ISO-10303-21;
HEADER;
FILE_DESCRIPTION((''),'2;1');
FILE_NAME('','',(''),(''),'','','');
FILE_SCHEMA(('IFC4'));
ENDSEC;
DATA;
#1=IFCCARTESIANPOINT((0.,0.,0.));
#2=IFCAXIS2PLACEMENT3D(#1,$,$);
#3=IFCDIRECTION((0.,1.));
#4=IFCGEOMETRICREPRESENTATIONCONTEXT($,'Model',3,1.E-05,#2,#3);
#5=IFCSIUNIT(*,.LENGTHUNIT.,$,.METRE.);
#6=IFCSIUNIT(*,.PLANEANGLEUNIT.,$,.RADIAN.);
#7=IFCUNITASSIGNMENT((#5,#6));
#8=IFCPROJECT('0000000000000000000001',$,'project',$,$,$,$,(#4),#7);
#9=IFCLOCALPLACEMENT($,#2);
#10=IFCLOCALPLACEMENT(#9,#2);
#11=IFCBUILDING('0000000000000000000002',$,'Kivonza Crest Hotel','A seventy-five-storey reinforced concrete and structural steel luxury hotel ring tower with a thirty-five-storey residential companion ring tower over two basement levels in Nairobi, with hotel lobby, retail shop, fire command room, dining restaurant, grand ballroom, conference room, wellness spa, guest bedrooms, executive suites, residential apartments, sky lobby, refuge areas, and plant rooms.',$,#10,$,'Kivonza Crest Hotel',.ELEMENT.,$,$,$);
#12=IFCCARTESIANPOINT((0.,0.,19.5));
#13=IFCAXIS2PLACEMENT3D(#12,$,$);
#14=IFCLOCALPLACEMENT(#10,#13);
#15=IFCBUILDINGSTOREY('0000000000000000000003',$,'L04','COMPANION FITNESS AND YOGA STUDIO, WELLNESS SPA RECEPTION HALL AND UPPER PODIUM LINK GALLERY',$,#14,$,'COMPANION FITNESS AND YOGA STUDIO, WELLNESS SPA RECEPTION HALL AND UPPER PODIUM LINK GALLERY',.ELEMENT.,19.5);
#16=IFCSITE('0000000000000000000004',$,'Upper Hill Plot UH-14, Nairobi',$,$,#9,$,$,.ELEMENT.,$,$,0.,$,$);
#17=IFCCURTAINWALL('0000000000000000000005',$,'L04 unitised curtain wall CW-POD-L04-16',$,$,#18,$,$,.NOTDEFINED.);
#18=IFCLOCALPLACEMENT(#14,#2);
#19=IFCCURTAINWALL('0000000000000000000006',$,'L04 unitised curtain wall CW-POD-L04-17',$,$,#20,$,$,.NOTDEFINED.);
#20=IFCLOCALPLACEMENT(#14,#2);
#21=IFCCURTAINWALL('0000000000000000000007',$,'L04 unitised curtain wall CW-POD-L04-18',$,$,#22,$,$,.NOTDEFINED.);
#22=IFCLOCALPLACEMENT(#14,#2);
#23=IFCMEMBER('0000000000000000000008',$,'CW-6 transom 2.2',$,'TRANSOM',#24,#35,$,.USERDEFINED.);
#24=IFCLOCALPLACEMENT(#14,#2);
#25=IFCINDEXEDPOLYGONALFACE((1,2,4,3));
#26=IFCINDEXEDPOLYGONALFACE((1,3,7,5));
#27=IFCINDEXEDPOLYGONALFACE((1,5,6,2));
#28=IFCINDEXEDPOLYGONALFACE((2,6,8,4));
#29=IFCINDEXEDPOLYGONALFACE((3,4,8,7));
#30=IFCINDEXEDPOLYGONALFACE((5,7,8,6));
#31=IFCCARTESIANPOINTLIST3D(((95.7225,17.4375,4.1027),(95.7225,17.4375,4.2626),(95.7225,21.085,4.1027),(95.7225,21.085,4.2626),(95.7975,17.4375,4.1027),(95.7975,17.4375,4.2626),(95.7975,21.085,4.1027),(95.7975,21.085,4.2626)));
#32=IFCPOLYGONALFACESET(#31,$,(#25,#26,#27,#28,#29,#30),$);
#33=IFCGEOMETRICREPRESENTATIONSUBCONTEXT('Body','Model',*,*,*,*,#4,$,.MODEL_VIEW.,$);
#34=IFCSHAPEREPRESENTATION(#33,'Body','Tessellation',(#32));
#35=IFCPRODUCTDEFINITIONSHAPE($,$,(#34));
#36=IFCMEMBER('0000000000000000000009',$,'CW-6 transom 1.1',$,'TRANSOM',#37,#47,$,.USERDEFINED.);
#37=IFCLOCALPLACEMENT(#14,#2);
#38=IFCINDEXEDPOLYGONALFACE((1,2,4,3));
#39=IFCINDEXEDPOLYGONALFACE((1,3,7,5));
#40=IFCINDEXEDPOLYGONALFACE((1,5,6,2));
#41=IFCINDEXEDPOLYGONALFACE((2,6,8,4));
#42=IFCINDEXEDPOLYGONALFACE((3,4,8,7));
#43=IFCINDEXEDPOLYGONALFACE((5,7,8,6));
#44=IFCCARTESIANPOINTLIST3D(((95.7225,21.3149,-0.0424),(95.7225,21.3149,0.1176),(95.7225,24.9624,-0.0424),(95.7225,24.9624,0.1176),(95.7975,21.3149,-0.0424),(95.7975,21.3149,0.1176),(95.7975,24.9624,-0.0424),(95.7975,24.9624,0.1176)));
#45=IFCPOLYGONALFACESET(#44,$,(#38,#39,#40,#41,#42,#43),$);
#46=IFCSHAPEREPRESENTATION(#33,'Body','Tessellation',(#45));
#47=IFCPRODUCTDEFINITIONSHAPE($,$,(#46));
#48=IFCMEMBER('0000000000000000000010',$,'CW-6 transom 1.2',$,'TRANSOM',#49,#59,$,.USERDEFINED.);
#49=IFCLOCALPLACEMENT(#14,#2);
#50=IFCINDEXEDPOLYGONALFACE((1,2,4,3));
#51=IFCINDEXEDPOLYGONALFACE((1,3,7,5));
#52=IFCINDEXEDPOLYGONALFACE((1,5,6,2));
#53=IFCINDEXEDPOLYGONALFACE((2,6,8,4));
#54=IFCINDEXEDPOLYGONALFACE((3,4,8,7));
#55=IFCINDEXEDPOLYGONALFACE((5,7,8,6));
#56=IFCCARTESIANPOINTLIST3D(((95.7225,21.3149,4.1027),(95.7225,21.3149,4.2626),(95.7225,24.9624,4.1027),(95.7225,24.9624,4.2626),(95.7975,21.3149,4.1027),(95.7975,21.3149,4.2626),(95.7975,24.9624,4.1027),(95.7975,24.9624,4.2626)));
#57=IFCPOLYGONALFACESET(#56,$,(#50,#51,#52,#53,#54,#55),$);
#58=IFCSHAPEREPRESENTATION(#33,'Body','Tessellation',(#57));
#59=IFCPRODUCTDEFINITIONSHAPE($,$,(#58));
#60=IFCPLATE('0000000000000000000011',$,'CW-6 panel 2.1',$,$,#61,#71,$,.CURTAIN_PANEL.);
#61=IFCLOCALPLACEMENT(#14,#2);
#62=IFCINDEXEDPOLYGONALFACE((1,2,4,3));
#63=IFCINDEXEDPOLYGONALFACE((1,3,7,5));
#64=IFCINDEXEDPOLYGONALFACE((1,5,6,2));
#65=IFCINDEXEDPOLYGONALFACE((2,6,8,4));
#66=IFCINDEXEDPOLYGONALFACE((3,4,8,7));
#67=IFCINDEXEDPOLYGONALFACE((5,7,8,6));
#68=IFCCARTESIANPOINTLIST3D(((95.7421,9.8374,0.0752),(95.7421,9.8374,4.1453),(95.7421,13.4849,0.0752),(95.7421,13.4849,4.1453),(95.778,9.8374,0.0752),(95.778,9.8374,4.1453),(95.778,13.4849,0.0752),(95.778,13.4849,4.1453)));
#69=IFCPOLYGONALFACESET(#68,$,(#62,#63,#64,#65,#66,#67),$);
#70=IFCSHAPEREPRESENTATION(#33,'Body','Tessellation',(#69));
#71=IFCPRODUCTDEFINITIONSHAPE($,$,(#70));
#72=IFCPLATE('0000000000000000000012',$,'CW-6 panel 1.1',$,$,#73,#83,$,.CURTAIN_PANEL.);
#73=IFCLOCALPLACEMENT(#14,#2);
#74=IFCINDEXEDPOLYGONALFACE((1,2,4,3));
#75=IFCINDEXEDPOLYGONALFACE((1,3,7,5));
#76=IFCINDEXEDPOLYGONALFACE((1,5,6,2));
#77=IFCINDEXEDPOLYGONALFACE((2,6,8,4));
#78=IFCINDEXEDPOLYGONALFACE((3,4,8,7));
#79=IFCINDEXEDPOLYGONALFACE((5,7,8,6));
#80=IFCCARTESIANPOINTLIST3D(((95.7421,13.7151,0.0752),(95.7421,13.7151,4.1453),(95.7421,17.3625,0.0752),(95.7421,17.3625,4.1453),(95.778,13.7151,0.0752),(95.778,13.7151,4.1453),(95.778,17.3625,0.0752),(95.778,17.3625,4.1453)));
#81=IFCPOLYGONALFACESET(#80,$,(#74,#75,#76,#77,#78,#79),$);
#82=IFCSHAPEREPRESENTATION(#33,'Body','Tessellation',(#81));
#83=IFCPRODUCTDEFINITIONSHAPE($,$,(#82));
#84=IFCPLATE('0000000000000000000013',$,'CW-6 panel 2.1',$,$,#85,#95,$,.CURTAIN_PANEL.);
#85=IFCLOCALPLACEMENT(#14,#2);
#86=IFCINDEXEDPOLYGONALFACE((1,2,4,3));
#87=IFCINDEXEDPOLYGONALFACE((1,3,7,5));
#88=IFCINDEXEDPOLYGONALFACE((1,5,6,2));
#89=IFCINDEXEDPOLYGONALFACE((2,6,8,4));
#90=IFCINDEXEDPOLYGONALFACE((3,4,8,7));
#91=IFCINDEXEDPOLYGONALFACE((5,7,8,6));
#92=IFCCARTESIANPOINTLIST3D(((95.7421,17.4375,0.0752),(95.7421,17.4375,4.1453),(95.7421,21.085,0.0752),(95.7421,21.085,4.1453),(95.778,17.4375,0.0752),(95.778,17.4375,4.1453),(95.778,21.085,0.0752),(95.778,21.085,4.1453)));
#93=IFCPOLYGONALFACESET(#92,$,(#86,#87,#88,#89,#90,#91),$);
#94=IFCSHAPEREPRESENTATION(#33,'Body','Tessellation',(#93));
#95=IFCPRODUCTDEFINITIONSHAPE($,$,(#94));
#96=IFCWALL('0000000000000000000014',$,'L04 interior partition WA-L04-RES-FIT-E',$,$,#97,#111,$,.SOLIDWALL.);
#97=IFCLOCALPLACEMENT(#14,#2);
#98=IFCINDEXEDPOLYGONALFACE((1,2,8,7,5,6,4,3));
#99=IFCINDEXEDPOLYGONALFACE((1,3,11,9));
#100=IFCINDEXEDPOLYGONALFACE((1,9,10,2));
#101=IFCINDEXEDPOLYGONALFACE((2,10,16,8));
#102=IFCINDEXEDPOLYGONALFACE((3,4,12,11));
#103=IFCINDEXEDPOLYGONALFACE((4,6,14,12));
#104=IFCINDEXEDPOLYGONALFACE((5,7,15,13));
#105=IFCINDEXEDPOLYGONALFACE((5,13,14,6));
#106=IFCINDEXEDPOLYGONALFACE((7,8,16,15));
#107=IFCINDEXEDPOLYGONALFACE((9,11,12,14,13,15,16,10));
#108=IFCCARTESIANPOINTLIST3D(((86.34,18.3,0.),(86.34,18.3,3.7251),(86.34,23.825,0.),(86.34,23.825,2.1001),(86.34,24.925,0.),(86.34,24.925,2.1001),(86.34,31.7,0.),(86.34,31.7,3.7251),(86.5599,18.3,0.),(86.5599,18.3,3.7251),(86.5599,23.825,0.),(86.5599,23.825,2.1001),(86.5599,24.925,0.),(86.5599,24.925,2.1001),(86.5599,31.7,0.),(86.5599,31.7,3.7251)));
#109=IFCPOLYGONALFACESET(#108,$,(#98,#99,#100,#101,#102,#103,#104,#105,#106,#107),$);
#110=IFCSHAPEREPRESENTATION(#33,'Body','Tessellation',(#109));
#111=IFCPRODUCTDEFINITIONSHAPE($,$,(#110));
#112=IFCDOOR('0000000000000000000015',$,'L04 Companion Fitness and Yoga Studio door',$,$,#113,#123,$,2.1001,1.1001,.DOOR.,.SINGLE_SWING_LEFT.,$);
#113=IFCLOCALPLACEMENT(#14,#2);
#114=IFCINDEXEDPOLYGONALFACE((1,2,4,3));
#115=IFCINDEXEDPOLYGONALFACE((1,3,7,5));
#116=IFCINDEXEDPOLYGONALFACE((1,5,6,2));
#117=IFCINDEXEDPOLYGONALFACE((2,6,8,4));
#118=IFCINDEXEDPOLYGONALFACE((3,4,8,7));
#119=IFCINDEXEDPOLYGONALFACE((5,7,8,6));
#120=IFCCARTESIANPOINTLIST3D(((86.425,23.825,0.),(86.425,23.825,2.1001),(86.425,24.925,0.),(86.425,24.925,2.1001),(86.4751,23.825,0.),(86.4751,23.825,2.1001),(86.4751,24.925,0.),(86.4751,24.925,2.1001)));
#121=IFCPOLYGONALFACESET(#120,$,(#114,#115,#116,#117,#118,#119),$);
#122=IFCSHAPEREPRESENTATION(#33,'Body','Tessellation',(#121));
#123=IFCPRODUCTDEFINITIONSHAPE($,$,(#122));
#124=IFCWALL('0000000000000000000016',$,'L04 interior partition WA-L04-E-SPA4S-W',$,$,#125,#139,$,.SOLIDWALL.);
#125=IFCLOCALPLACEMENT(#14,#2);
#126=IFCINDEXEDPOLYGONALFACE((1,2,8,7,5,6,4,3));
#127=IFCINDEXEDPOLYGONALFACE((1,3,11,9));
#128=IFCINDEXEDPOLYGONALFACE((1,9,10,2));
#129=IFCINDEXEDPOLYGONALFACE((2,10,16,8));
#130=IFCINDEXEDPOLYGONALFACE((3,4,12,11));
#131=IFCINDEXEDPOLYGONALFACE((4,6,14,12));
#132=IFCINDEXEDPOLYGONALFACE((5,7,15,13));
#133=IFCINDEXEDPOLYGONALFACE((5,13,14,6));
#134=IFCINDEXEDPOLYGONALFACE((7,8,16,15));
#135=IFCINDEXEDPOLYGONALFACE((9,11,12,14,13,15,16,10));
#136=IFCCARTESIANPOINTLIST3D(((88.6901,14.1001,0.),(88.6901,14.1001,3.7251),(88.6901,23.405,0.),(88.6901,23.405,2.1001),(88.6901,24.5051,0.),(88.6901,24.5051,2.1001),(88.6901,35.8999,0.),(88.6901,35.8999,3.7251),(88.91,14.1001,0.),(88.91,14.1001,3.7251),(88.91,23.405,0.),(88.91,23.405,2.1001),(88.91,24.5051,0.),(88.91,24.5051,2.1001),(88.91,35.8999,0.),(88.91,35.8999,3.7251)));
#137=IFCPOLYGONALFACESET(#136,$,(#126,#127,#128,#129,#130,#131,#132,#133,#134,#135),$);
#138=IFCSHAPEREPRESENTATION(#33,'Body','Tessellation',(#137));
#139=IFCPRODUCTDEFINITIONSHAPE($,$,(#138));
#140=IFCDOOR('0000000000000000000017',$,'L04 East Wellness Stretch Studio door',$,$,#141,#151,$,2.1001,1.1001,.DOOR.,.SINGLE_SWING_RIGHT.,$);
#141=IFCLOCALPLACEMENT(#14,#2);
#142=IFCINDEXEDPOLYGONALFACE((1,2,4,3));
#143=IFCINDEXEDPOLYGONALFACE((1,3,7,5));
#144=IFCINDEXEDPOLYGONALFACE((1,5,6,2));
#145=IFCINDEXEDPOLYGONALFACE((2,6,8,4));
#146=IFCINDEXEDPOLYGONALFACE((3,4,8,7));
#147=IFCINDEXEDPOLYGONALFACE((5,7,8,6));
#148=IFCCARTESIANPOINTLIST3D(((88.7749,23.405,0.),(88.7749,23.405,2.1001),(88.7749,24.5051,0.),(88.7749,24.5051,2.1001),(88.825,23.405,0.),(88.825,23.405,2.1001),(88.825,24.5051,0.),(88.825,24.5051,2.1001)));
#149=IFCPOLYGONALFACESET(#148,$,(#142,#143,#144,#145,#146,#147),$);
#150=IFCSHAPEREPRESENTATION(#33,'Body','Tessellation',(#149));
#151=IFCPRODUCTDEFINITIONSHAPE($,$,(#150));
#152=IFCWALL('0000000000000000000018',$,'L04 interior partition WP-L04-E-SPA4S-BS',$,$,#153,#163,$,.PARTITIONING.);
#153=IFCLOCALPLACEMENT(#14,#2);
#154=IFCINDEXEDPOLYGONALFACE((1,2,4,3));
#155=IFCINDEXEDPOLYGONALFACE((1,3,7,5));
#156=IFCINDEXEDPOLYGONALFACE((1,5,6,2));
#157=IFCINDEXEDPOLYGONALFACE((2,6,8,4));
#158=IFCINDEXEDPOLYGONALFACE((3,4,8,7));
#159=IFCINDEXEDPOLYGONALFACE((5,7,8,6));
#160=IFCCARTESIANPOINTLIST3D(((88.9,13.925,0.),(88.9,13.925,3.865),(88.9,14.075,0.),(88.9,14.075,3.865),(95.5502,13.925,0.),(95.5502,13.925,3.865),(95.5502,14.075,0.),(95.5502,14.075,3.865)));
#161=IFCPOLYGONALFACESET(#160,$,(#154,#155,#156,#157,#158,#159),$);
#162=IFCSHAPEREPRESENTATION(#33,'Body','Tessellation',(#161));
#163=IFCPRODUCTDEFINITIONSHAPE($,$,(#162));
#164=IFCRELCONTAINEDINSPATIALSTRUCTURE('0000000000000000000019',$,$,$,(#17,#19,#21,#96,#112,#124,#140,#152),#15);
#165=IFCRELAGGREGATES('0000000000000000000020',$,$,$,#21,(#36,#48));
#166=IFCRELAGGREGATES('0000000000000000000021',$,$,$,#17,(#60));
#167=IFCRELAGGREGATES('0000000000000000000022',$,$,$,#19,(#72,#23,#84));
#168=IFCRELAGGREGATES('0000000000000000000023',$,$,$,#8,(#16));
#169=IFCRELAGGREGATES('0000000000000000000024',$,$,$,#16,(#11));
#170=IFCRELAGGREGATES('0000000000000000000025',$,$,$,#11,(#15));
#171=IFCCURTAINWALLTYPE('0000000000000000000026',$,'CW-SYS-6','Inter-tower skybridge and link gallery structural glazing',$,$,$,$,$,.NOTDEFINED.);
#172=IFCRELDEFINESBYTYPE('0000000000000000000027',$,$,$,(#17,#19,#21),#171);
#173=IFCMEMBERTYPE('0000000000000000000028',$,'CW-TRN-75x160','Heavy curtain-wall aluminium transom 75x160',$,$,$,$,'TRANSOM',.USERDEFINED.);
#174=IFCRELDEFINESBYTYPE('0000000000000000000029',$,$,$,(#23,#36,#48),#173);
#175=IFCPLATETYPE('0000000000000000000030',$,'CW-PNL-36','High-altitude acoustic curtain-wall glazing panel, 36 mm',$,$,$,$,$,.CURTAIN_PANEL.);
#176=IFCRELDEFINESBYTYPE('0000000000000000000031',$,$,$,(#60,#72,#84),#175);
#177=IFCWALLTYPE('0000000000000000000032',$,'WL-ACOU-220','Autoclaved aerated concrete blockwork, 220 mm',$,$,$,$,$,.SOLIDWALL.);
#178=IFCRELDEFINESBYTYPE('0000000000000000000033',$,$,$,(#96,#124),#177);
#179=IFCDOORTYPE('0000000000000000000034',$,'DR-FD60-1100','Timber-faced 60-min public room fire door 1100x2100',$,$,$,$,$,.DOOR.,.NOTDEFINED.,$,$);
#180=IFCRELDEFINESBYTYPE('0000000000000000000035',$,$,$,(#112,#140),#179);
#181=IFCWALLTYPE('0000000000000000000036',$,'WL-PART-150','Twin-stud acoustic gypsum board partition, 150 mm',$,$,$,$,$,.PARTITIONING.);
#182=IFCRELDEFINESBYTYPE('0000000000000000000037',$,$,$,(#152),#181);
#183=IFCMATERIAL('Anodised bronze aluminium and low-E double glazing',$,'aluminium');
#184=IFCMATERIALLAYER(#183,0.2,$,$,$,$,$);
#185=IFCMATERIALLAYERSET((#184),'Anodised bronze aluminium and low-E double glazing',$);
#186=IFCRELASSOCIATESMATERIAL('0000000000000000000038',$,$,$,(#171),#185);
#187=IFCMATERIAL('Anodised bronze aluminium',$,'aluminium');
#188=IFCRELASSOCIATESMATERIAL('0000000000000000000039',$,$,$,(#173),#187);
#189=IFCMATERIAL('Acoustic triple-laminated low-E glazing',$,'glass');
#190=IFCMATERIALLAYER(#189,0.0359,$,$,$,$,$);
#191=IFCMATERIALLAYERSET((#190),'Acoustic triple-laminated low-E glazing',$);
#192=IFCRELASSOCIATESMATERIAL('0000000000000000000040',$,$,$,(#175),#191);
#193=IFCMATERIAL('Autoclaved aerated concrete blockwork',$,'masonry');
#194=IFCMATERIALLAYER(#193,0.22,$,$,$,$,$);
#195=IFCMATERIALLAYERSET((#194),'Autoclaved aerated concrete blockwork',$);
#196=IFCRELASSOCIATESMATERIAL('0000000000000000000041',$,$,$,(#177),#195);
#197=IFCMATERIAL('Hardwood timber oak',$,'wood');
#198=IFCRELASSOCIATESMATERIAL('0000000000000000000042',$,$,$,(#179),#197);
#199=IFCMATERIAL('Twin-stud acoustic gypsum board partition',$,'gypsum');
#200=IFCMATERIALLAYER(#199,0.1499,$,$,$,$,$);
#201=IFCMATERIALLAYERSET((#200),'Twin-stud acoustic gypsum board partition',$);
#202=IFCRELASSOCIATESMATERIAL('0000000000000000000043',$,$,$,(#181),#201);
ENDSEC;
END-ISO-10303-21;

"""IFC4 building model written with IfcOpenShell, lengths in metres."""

from ifc_helpers import new_model, si_unit, direction, frame, frame_2d, origin, origin_2d, place, context, subcontext, project, spatial, rectangle, extrude, material, layer, layer_set, material_profile, profile_set, type_object, element, fill, aggregate, save


model = new_model("IFC4")

# Units and contexts
model_context = context("Model", 3, precision=1e-05, world=origin(), true_north=direction((0.0, 1.0)))
body_context = subcontext(model_context, "Body", "Model", "MODEL_VIEW")
ifc_project = project(units=[si_unit("LENGTHUNIT", "METRE"), si_unit("PLANEANGLEUNIT", "RADIAN")], contexts=[model_context])

# Site, building, storey
site_placement = place(None, origin())
site = spatial("IfcSite", under=ifc_project, at=site_placement, Name="Upper Hill Plot UH-14, Nairobi", CompositionType="ELEMENT", RefElevation=0.0)
building_placement = place(site_placement, origin())
building = spatial("IfcBuilding", under=site, at=building_placement, Name="Kivonza Crest Hotel", Description="A seventy-five-storey reinforced concrete and structural steel luxury hotel ring tower with a thirty-five-storey residential companion ring tower over two basement levels in Nairobi, with hotel lobby, retail shop, fire command room, dining restaurant, grand ballroom, conference room, wellness spa, guest bedrooms, executive suites, residential apartments, sky lobby, refuge areas, and plant rooms.", LongName="Kivonza Crest Hotel", CompositionType="ELEMENT")
storey_placement = place(building_placement, frame((0.0, 0.0, 19.5)))
storey = spatial("IfcBuildingStorey", under=building, at=storey_placement, Name="L04", Description="COMPANION FITNESS AND YOGA STUDIO, WELLNESS SPA RECEPTION HALL AND UPPER PODIUM LINK GALLERY", LongName="COMPANION FITNESS AND YOGA STUDIO, WELLNESS SPA RECEPTION HALL AND UPPER PODIUM LINK GALLERY", CompositionType="ELEMENT", Elevation=19.5)

# Curtain wall
ifc_material_1 = material(Name="Anodised bronze aluminium and low-E double glazing", Category="aluminium")
ifc_layer_1 = layer(ifc_material_1, 0.2)
ifc_layer_set_1 = layer_set([ifc_layer_1], Name="Anodised bronze aluminium and low-E double glazing")
curtain_wall_type = type_object("IfcCurtainWallType", Name="CW-SYS-6", Description="Inter-tower skybridge and link gallery structural glazing", PredefinedType="NOTDEFINED", material=ifc_layer_set_1)
curtain_wall_1_placement = place(storey_placement, origin())
curtain_wall_1 = element("IfcCurtainWall", 1, at=curtain_wall_1_placement, inside=storey, type_object=curtain_wall_type, Name="L04 unitised curtain wall CW-POD-L04-16", PredefinedType="NOTDEFINED")
ifc_material_2 = material(Name="Anodised bronze aluminium", Category="aluminium")

# Curtain wall
curtain_wall_2_placement = place(storey_placement, origin())
curtain_wall_2 = element("IfcCurtainWall", 2, at=curtain_wall_2_placement, inside=storey, type_object=curtain_wall_type, Name="L04 unitised curtain wall CW-POD-L04-17", PredefinedType="NOTDEFINED")

# Curtain wall
curtain_wall_3_placement = place(storey_placement, origin())
curtain_wall_3 = element("IfcCurtainWall", 3, at=curtain_wall_3_placement, inside=storey, type_object=curtain_wall_type, Name="L04 unitised curtain wall CW-POD-L04-18", PredefinedType="NOTDEFINED")

# Members
ifc_material_profile_1 = material_profile(ifc_material_2, rectangle(XDim=0.075, YDim=0.1599, at=origin_2d()), Name="CW-T 75x160")
ifc_profile_set_1 = profile_set([ifc_material_profile_1], Name="Anodised bronze aluminium")
member_type_1 = type_object("IfcMemberType", Name="CW-TRN-75x160", Description="Heavy curtain-wall aluminium transom 75x160", ElementType="TRANSOM", PredefinedType="USERDEFINED", material=ifc_profile_set_1)
member_1_placement = place(storey_placement, frame((95.76, 17.4375, 4.1826), z_axis=(0.0, 1.0, 0.0), x_axis=(-1.0, 0.0, 0.0)))
member_1 = element("IfcMember", 4, at=member_1_placement, type_object=member_type_1, Name="CW-6 transom 2.2", ObjectType="TRANSOM", PredefinedType="USERDEFINED", context=body_context, shape_type="SweptSolid", body=[
    extrude(rectangle(XDim=0.075, YDim=0.1599, at=origin_2d()), origin(), (0.0, 0.0, 1.0), 3.6475),
])
member_2_placement = place(storey_placement, frame((95.76, 21.3149, 0.0376), z_axis=(0.0, 1.0, 0.0), x_axis=(-1.0, 0.0, 0.0)))
member_2 = element("IfcMember", 5, at=member_2_placement, type_object=member_type_1, Name="CW-6 transom 1.1", ObjectType="TRANSOM", PredefinedType="USERDEFINED", context=body_context, shape_type="SweptSolid", body=[
    extrude(rectangle(XDim=0.075, YDim=0.1599, at=origin_2d()), origin(), (0.0, 0.0, 1.0), 3.6475),
])
member_3_placement = place(storey_placement, frame((95.76, 21.3149, 4.1826), z_axis=(0.0, 1.0, 0.0), x_axis=(-1.0, 0.0, 0.0)))
member_3 = element("IfcMember", 6, at=member_3_placement, type_object=member_type_1, Name="CW-6 transom 1.2", ObjectType="TRANSOM", PredefinedType="USERDEFINED", context=body_context, shape_type="SweptSolid", body=[
    extrude(rectangle(XDim=0.075, YDim=0.1599, at=origin_2d()), origin(), (0.0, 0.0, 1.0), 3.6475),
])
aggregate(curtain_wall_3, [member_2, member_3])

# Plates
ifc_material_3 = material(Name="Acoustic triple-laminated low-E glazing", Category="glass")
ifc_layer_2 = layer(ifc_material_3, 0.0359)
ifc_layer_set_2 = layer_set([ifc_layer_2], Name="Acoustic triple-laminated low-E glazing")
plate_type = type_object("IfcPlateType", Name="CW-PNL-36", Description="High-altitude acoustic curtain-wall glazing panel, 36 mm", PredefinedType="CURTAIN_PANEL", material=ifc_layer_set_2)
plate_1_placement = place(storey_placement, frame((95.76, 11.6611, 0.0752), z_axis=(0.0, 0.0, 1.0), x_axis=(0.0, 1.0, 0.0)))
plate_1 = element("IfcPlate", 7, at=plate_1_placement, type_object=plate_type, Name="CW-6 panel 2.1", PredefinedType="CURTAIN_PANEL", context=body_context, shape_type="SweptSolid", body=[
    extrude(rectangle(XDim=3.6475, YDim=0.0359, at=origin_2d()), origin(), (0.0, 0.0, 1.0), 4.0701),
])
aggregate(curtain_wall_1, [plate_1])
plate_2_placement = place(storey_placement, frame((95.76, 15.5388, 0.0752), z_axis=(0.0, 0.0, 1.0), x_axis=(0.0, 1.0, 0.0)))
plate_2 = element("IfcPlate", 8, at=plate_2_placement, type_object=plate_type, Name="CW-6 panel 1.1", PredefinedType="CURTAIN_PANEL", context=body_context, shape_type="SweptSolid", body=[
    extrude(rectangle(XDim=3.6475, YDim=0.0359, at=origin_2d()), origin(), (0.0, 0.0, 1.0), 4.0701),
])
plate_3_placement = place(storey_placement, frame((95.76, 19.2612, 0.0752), z_axis=(0.0, 0.0, 1.0), x_axis=(0.0, 1.0, 0.0)))
plate_3 = element("IfcPlate", 9, at=plate_3_placement, type_object=plate_type, Name="CW-6 panel 2.1", PredefinedType="CURTAIN_PANEL", context=body_context, shape_type="SweptSolid", body=[
    extrude(rectangle(XDim=3.6475, YDim=0.0359, at=origin_2d()), origin(), (0.0, 0.0, 1.0), 4.0701),
])
aggregate(curtain_wall_2, [plate_2, member_1, plate_3])

# Walls, openings, doors
ifc_material_4 = material(Name="Autoclaved aerated concrete blockwork", Category="masonry")
ifc_layer_3 = layer(ifc_material_4, 0.22)
ifc_layer_set_3 = layer_set([ifc_layer_3], Name="Autoclaved aerated concrete blockwork")
wall_type_1 = type_object("IfcWallType", Name="WL-ACOU-220", Description="Autoclaved aerated concrete blockwork, 220 mm", PredefinedType="SOLIDWALL", material=ifc_layer_set_3)
wall_1_placement = place(storey_placement, frame((86.45, 18.3, 0.0), z_axis=(0.0, 0.0, 1.0), x_axis=(0.0, 1.0, 0.0)))
wall_1 = element("IfcWall", 10, at=wall_1_placement, inside=storey, type_object=wall_type_1, Name="L04 interior partition WA-L04-RES-FIT-E", PredefinedType="SOLIDWALL", context=body_context, shape_type="SweptSolid", body=[
    extrude(rectangle(XDim=13.3999, YDim=0.22, at=frame_2d((6.7, 0.0))), origin(), (0.0, 0.0, 1.0), 3.7251),
])
opening_1_placement = place(wall_1_placement, frame((5.5249, 0.0, 0.0)))
opening_1 = element("IfcOpeningElement", 11, at=opening_1_placement, cuts=wall_1, PredefinedType="OPENING", context=body_context, shape_type="SweptSolid", body=[
    extrude(rectangle(XDim=1.1001, YDim=2.1001, at=frame_2d((0.55, 1.05))), frame((0.0, 0.1201, 0.0), z_axis=(0.0, -1.0, 0.0), x_axis=(1.0, 0.0, 0.0)), (0.0, 0.0, 1.0), 0.24),
])
ifc_material_5 = material(Name="Hardwood timber oak", Category="wood")
door_type = type_object("IfcDoorType", Name="DR-FD60-1100", Description="Timber-faced 60-min public room fire door 1100x2100", OperationType="NOTDEFINED", PredefinedType="DOOR", material=ifc_material_5)
door_1_placement = place(opening_1_placement, origin())
door_1 = element("IfcDoor", 12, at=door_1_placement, inside=storey, type_object=door_type, Name="L04 Companion Fitness and Yoga Studio door", OperationType="SINGLE_SWING_LEFT", OverallHeight=2.1001, OverallWidth=1.1001, PredefinedType="DOOR", context=body_context, shape_type="SweptSolid", body=[
    extrude(rectangle(XDim=1.1001, YDim=2.1001, at=frame_2d((0.55, 1.05))), frame((0.0, 0.0249, 0.0), z_axis=(0.0, -1.0, 0.0), x_axis=(1.0, 0.0, 0.0)), (0.0, 0.0, 1.0), 0.05),
])
fill(opening_1, door_1)
wall_2_placement = place(storey_placement, frame((88.8, 14.1001, 0.0), z_axis=(0.0, 0.0, 1.0), x_axis=(0.0, 1.0, 0.0)))
wall_2 = element("IfcWall", 13, at=wall_2_placement, inside=storey, type_object=wall_type_1, Name="L04 interior partition WA-L04-E-SPA4S-W", PredefinedType="SOLIDWALL", context=body_context, shape_type="SweptSolid", body=[
    extrude(rectangle(XDim=21.7998, YDim=0.22, at=frame_2d((10.8999, 0.0))), origin(), (0.0, 0.0, 1.0), 3.7251),
])
opening_2_placement = place(wall_2_placement, frame((9.3049, 0.0, 0.0)))
opening_2 = element("IfcOpeningElement", 14, at=opening_2_placement, cuts=wall_2, PredefinedType="OPENING", context=body_context, shape_type="SweptSolid", body=[
    extrude(rectangle(XDim=1.1001, YDim=2.1001, at=frame_2d((0.55, 1.05))), frame((0.0, 0.1201, 0.0), z_axis=(0.0, -1.0, 0.0), x_axis=(1.0, 0.0, 0.0)), (0.0, 0.0, 1.0), 0.24),
])
door_2_placement = place(opening_2_placement, frame((1.1001, 0.0, 0.0), z_axis=(0.0, 0.0, 1.0), x_axis=(-1.0, 0.0, 0.0)))
door_2 = element("IfcDoor", 15, at=door_2_placement, inside=storey, type_object=door_type, Name="L04 East Wellness Stretch Studio door", OperationType="SINGLE_SWING_RIGHT", OverallHeight=2.1001, OverallWidth=1.1001, PredefinedType="DOOR", context=body_context, shape_type="SweptSolid", body=[
    extrude(rectangle(XDim=1.1001, YDim=2.1001, at=frame_2d((0.55, 1.05))), frame((0.0, 0.0249, 0.0), z_axis=(0.0, -1.0, 0.0), x_axis=(1.0, 0.0, 0.0)), (0.0, 0.0, 1.0), 0.05),
])
fill(opening_2, door_2)

# Wall
ifc_material_6 = material(Name="Twin-stud acoustic gypsum board partition", Category="gypsum")
ifc_layer_4 = layer(ifc_material_6, 0.1499)
ifc_layer_set_4 = layer_set([ifc_layer_4], Name="Twin-stud acoustic gypsum board partition")
wall_type_2 = type_object("IfcWallType", Name="WL-PART-150", Description="Twin-stud acoustic gypsum board partition, 150 mm", PredefinedType="PARTITIONING", material=ifc_layer_set_4)
wall_3_placement = place(storey_placement, frame((88.8999, 14.0, 0.0), z_axis=(0.0, 0.0, 1.0), x_axis=(1.0, 0.0, 0.0)))
element("IfcWall", 16, at=wall_3_placement, inside=storey, type_object=wall_type_2, Name="L04 interior partition WP-L04-E-SPA4S-BS", PredefinedType="PARTITIONING", context=body_context, shape_type="SweptSolid", body=[
    extrude(rectangle(XDim=6.6501, YDim=0.1499, at=frame_2d((3.3252, 0.0))), origin(), (0.0, 0.0, 1.0), 3.865),
])

save(model, "model.ifc")
